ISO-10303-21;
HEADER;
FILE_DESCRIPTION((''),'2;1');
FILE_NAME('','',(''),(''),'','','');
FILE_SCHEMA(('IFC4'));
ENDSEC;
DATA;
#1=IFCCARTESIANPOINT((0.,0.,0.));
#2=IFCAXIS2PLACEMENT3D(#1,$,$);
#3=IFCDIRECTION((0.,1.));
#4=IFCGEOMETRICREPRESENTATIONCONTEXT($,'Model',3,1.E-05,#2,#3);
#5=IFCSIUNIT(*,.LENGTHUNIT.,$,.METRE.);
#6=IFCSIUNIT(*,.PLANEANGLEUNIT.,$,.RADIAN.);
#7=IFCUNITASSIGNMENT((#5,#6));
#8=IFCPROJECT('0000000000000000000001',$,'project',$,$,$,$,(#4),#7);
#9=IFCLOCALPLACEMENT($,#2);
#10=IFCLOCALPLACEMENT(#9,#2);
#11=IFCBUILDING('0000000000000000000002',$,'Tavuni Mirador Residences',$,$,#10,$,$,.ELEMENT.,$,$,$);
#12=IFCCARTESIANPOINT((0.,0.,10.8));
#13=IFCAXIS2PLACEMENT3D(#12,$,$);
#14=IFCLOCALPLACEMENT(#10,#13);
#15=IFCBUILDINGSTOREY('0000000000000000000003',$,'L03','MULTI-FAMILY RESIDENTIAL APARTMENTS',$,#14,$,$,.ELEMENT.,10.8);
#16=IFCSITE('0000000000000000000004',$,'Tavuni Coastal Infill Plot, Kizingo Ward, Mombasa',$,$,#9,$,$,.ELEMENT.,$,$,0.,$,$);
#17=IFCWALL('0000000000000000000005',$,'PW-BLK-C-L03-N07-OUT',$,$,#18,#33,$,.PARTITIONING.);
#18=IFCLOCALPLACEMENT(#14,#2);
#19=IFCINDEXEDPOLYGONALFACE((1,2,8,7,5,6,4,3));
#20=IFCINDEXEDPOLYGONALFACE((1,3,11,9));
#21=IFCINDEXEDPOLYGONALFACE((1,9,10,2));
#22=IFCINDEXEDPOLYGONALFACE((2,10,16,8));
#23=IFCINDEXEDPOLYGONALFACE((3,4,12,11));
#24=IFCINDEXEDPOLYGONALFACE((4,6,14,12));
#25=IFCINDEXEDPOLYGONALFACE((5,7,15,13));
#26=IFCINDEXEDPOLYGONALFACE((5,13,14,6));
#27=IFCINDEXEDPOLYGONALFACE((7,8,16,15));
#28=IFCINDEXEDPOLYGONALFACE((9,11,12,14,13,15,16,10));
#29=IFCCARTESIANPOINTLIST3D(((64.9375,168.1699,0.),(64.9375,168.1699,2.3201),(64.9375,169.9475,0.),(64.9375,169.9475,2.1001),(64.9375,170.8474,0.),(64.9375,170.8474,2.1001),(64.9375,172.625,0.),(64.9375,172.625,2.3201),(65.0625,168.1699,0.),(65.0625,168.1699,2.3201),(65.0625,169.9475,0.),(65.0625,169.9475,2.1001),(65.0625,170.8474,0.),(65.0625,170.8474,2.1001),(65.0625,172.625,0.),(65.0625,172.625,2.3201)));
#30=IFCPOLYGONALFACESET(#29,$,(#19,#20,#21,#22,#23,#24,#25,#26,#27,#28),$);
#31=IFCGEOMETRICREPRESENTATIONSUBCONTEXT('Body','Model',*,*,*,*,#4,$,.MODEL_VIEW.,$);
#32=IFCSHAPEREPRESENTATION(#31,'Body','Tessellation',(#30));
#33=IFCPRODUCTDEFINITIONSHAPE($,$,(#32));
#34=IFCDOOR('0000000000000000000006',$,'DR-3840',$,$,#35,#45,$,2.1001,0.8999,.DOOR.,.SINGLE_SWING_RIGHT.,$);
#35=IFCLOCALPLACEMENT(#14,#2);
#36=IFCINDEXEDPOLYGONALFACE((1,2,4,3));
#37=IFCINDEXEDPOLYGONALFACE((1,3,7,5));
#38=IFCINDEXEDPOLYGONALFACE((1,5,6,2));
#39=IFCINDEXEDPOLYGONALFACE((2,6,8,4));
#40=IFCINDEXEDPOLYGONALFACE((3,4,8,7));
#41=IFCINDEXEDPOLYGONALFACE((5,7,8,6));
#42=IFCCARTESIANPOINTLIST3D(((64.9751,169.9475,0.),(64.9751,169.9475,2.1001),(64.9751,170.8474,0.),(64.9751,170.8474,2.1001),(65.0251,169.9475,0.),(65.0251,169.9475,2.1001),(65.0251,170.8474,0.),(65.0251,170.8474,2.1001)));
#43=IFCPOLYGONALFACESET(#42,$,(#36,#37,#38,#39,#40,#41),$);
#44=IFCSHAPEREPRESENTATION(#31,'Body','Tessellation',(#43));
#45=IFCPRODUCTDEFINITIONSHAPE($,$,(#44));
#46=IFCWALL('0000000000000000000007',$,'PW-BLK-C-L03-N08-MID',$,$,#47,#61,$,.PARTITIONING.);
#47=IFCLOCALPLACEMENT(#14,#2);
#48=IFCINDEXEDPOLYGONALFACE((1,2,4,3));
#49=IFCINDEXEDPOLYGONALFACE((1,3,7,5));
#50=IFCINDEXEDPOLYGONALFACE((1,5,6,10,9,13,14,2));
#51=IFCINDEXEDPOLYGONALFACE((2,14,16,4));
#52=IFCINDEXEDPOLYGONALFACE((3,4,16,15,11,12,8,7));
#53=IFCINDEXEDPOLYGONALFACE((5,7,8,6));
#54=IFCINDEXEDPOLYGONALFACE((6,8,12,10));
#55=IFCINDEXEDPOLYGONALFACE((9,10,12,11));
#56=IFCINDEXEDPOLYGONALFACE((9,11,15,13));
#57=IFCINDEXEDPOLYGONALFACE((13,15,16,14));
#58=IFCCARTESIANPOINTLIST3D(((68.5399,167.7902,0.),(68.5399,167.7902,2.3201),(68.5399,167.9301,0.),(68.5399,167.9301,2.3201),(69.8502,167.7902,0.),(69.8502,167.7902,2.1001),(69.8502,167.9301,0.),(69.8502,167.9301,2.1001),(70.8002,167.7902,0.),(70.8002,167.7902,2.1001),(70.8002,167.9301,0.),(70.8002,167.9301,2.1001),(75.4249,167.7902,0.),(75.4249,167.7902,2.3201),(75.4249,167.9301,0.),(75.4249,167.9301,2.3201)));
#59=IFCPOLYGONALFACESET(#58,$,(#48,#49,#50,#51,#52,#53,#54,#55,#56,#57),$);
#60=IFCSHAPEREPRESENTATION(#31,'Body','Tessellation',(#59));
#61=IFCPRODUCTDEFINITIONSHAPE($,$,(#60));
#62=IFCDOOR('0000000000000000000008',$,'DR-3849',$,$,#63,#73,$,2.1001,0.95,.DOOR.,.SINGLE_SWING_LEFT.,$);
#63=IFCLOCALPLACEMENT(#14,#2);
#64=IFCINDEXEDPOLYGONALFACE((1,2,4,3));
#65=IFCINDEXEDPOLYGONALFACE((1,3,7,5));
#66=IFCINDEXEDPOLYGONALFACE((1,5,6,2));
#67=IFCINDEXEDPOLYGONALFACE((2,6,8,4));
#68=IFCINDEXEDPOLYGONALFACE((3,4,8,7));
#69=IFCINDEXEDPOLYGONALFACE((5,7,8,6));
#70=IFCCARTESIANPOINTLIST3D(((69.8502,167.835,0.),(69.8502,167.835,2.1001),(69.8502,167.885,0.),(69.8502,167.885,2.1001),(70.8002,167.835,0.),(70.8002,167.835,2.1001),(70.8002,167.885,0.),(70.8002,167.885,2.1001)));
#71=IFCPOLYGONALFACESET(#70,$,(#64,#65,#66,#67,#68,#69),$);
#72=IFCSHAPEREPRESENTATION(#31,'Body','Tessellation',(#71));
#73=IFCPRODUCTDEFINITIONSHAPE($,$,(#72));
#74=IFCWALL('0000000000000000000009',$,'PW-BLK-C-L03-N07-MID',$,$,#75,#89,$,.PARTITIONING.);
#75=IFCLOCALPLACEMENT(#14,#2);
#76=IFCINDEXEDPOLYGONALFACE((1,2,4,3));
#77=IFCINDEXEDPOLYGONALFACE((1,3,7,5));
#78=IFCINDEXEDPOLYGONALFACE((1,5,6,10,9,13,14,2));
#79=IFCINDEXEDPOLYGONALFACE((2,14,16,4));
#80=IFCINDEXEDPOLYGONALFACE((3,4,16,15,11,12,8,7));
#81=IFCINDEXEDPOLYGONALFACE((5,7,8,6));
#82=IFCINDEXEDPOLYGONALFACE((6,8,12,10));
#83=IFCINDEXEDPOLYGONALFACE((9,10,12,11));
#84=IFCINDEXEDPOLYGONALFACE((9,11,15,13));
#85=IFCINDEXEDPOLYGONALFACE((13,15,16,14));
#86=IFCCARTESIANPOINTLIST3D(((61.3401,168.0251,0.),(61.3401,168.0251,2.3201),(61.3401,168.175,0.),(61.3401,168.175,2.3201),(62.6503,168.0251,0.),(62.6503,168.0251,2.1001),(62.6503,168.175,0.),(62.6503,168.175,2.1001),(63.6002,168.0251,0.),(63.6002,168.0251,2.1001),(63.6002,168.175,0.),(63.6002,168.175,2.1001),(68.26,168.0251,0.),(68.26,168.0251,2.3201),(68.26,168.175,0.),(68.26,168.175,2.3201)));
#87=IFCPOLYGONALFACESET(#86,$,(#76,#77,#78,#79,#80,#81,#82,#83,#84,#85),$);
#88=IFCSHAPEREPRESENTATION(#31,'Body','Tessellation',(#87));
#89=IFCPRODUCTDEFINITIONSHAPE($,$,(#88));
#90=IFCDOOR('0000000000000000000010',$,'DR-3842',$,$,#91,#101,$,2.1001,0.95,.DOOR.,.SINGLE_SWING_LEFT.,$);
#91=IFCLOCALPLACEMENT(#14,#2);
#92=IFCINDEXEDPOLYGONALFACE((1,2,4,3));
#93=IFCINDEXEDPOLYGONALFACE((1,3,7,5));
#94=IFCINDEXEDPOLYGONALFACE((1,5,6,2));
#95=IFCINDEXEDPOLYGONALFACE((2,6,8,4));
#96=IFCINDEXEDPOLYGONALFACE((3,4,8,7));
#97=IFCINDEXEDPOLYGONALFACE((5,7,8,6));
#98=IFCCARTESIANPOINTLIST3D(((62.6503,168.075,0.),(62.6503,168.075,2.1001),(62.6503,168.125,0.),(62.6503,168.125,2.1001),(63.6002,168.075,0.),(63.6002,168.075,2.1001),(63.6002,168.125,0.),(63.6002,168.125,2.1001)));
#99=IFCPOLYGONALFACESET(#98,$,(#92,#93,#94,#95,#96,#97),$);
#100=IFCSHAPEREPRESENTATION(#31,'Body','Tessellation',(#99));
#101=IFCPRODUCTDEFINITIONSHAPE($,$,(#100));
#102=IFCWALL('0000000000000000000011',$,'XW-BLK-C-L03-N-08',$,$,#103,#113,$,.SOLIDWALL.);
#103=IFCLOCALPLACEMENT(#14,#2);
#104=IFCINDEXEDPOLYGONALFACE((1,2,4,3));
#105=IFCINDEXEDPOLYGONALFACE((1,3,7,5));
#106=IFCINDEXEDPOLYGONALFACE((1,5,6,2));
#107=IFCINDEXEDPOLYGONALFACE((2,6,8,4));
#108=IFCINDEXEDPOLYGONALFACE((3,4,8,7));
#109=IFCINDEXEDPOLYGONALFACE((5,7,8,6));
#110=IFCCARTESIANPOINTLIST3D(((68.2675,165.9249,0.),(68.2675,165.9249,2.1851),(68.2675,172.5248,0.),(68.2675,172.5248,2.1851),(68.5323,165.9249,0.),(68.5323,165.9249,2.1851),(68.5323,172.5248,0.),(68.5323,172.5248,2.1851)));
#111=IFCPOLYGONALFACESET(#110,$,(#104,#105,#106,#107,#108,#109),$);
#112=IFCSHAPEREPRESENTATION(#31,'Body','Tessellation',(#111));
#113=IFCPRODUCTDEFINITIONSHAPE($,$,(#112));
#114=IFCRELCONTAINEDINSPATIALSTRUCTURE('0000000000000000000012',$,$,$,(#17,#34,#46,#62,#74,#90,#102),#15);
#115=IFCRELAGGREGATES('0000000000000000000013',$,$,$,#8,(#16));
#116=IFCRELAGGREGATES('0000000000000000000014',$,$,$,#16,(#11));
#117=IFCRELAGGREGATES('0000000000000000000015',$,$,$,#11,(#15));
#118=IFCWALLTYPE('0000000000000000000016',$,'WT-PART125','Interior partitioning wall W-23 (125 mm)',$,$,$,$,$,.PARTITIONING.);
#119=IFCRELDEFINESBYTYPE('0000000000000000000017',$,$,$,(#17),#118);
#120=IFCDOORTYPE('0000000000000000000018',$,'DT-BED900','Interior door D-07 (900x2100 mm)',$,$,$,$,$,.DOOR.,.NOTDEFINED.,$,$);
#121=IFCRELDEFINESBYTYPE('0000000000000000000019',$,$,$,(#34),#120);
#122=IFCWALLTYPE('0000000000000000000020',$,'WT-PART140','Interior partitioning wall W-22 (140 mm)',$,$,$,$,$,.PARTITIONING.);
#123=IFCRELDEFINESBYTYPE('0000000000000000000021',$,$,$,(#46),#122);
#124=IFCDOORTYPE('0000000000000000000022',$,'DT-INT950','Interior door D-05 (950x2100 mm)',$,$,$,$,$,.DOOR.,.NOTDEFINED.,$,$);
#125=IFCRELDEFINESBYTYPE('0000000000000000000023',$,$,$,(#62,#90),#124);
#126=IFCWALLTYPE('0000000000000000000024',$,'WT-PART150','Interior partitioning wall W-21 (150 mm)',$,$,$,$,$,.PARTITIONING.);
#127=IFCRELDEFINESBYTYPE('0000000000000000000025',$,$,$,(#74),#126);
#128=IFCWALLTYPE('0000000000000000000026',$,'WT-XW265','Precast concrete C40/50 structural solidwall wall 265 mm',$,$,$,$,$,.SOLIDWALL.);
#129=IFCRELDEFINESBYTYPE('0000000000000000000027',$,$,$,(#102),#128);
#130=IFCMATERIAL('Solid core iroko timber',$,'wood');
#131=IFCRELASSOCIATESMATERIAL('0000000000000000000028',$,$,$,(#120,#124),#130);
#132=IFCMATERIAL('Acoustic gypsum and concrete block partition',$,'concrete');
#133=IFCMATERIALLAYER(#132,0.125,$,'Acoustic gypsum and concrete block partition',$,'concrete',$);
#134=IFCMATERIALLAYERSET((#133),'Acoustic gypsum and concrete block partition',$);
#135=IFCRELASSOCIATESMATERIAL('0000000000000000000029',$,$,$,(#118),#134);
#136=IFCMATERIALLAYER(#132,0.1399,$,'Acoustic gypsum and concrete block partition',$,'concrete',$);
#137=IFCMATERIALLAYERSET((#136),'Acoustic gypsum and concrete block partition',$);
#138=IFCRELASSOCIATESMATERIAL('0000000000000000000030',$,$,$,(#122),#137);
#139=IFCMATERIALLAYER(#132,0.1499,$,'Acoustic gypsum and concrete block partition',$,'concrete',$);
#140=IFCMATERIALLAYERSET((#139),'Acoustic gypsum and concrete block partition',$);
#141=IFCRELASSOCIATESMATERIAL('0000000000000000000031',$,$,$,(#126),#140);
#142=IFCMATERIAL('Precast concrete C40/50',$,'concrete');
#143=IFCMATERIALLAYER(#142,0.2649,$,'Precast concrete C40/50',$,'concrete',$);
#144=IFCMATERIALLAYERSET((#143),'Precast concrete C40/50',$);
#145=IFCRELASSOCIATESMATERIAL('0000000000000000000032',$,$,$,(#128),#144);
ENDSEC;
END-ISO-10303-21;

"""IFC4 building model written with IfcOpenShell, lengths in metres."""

from ifc_helpers import new_model, si_unit, direction, frame, frame_2d, origin, place, context, subcontext, project, spatial, rectangle, extrude, material, layer, layer_set, type_object, element, fill, save


model = new_model("IFC4")

# Units and contexts
model_context = context("Model", 3, precision=1e-05, world=origin(), true_north=direction((0.0, 1.0)))
body_context = subcontext(model_context, "Body", "Model", "MODEL_VIEW")
ifc_project = project(units=[si_unit("LENGTHUNIT", "METRE"), si_unit("PLANEANGLEUNIT", "RADIAN")], contexts=[model_context])

# Site, building, storey
site_placement = place(None, origin())
site = spatial("IfcSite", under=ifc_project, at=site_placement, Name="Tavuni Coastal Infill Plot, Kizingo Ward, Mombasa", CompositionType="ELEMENT", RefElevation=0.0)
building_placement = place(site_placement, origin())
building = spatial("IfcBuilding", under=site, at=building_placement, Name="Tavuni Mirador Residences", CompositionType="ELEMENT")
storey_placement = place(building_placement, frame((0.0, 0.0, 10.8)))
storey = spatial("IfcBuildingStorey", under=building, at=storey_placement, Name="L03", Description="MULTI-FAMILY RESIDENTIAL APARTMENTS", CompositionType="ELEMENT", Elevation=10.8)

# Shared definitions
ifc_material_1 = material(Name="Precast concrete C40/50", Category="concrete")

# Walls, openings, doors
ifc_material_2 = material(Name="Acoustic gypsum and concrete block partition", Category="concrete")
ifc_material_3 = material(Name="Solid core iroko timber", Category="wood")
door_type_1 = type_object("IfcDoorType", Name="DT-BED900", Description="Interior door D-07 (900x2100 mm)", OperationType="NOTDEFINED", PredefinedType="DOOR", material=ifc_material_3)
ifc_layer_1 = layer(ifc_material_2, 0.125, Name="Acoustic gypsum and concrete block partition", Category="concrete")
ifc_layer_set_1 = layer_set([ifc_layer_1], Name="Acoustic gypsum and concrete block partition")
wall_type_1 = type_object("IfcWallType", Name="WT-PART125", Description="Interior partitioning wall W-23 (125 mm)", PredefinedType="PARTITIONING", material=ifc_layer_set_1)
wall_1_placement = place(storey_placement, frame((65.0, 168.1699, 0.0), z_axis=(0.0, 0.0, 1.0), x_axis=(0.0, 1.0, 0.0)))
wall_1 = element("IfcWall", 1, at=wall_1_placement, inside=storey, type_object=wall_type_1, Name="PW-BLK-C-L03-N07-OUT", PredefinedType="PARTITIONING", context=body_context, shape_type="SweptSolid", body=[
    extrude(rectangle(XDim=4.4551, YDim=0.125, at=frame_2d((2.2275, 0.0))), origin(), (0.0, 0.0, 1.0), 2.3201),
])
opening_1_placement = place(wall_1_placement, frame((1.7776, 0.0, 0.0)))
opening_1 = element("IfcOpeningElement", 2, at=opening_1_placement, cuts=wall_1, PredefinedType="OPENING", context=body_context, shape_type="SweptSolid", body=[
    extrude(rectangle(XDim=0.8999, YDim=2.1001, at=frame_2d((0.45, 1.05))), frame((0.0, 0.0725, 0.0), z_axis=(0.0, -1.0, 0.0), x_axis=(1.0, 0.0, 0.0)), (0.0, 0.0, 1.0), 0.145),
])
door_1_placement = place(opening_1_placement, origin())
door_1 = element("IfcDoor", 3, at=door_1_placement, inside=storey, type_object=door_type_1, Name="DR-3840", OperationType="SINGLE_SWING_RIGHT", OverallHeight=2.1001, OverallWidth=0.8999, PredefinedType="DOOR", context=body_context, shape_type="SweptSolid", body=[
    extrude(rectangle(XDim=0.8999, YDim=2.1001, at=frame_2d((0.45, 1.05))), frame((0.0, 0.0249, 0.0), z_axis=(0.0, -1.0, 0.0), x_axis=(1.0, 0.0, 0.0)), (0.0, 0.0, 1.0), 0.05),
])
fill(opening_1, door_1)
ifc_layer_2 = layer(ifc_material_2, 0.1399, Name="Acoustic gypsum and concrete block partition", Category="concrete")
ifc_layer_set_2 = layer_set([ifc_layer_2], Name="Acoustic gypsum and concrete block partition")
wall_type_2 = type_object("IfcWallType", Name="WT-PART140", Description="Interior partitioning wall W-22 (140 mm)", PredefinedType="PARTITIONING", material=ifc_layer_set_2)
wall_2_placement = place(storey_placement, frame((68.54, 167.8601, 0.0), z_axis=(0.0, 0.0, 1.0), x_axis=(1.0, 0.0, 0.0)))
wall_2 = element("IfcWall", 4, at=wall_2_placement, inside=storey, type_object=wall_type_2, Name="PW-BLK-C-L03-N08-MID", PredefinedType="PARTITIONING", context=body_context, shape_type="SweptSolid", body=[
    extrude(rectangle(XDim=6.885, YDim=0.1399, at=frame_2d((3.4424, 0.0))), origin(), (0.0, 0.0, 1.0), 2.3201),
])
opening_2_placement = place(wall_2_placement, frame((1.3101, 0.0, 0.0)))
opening_2 = element("IfcOpeningElement", 5, at=opening_2_placement, cuts=wall_2, PredefinedType="OPENING", context=body_context, shape_type="SweptSolid", body=[
    extrude(rectangle(XDim=0.95, YDim=2.1001, at=frame_2d((0.4751, 1.05))), frame((0.0, 0.0801, 0.0), z_axis=(0.0, -1.0, 0.0), x_axis=(1.0, 0.0, 0.0)), (0.0, 0.0, 1.0), 0.1599),
])
door_type_2 = type_object("IfcDoorType", Name="DT-INT950", Description="Interior door D-05 (950x2100 mm)", OperationType="NOTDEFINED", PredefinedType="DOOR", material=ifc_material_3)
door_2_placement = place(opening_2_placement, origin())
door_2 = element("IfcDoor", 6, at=door_2_placement, inside=storey, type_object=door_type_2, Name="DR-3849", OperationType="SINGLE_SWING_LEFT", OverallHeight=2.1001, OverallWidth=0.95, PredefinedType="DOOR", context=body_context, shape_type="SweptSolid", body=[
    extrude(rectangle(XDim=0.95, YDim=2.1001, at=frame_2d((0.4751, 1.05))), frame((0.0, 0.0249, 0.0), z_axis=(0.0, -1.0, 0.0), x_axis=(1.0, 0.0, 0.0)), (0.0, 0.0, 1.0), 0.05),
])
fill(opening_2, door_2)
ifc_layer_3 = layer(ifc_material_2, 0.1499, Name="Acoustic gypsum and concrete block partition", Category="concrete")
ifc_layer_set_3 = layer_set([ifc_layer_3], Name="Acoustic gypsum and concrete block partition")
wall_type_3 = type_object("IfcWallType", Name="WT-PART150", Description="Interior partitioning wall W-21 (150 mm)", PredefinedType="PARTITIONING", material=ifc_layer_set_3)
wall_3_placement = place(storey_placement, frame((61.3401, 168.1001, 0.0), z_axis=(0.0, 0.0, 1.0), x_axis=(1.0, 0.0, 0.0)))
wall_3 = element("IfcWall", 7, at=wall_3_placement, inside=storey, type_object=wall_type_3, Name="PW-BLK-C-L03-N07-MID", PredefinedType="PARTITIONING", context=body_context, shape_type="SweptSolid", body=[
    extrude(rectangle(XDim=6.9199, YDim=0.1499, at=frame_2d((3.46, 0.0))), origin(), (0.0, 0.0, 1.0), 2.3201),
])
opening_3_placement = place(wall_3_placement, frame((1.3101, 0.0, 0.0)))
opening_3 = element("IfcOpeningElement", 8, at=opening_3_placement, cuts=wall_3, PredefinedType="OPENING", context=body_context, shape_type="SweptSolid", body=[
    extrude(rectangle(XDim=0.95, YDim=2.1001, at=frame_2d((0.4751, 1.05))), frame((0.0, 0.085, 0.0), z_axis=(0.0, -1.0, 0.0), x_axis=(1.0, 0.0, 0.0)), (0.0, 0.0, 1.0), 0.1699),
])
door_3_placement = place(opening_3_placement, origin())
door_3 = element("IfcDoor", 9, at=door_3_placement, inside=storey, type_object=door_type_2, Name="DR-3842", OperationType="SINGLE_SWING_LEFT", OverallHeight=2.1001, OverallWidth=0.95, PredefinedType="DOOR", context=body_context, shape_type="SweptSolid", body=[
    extrude(rectangle(XDim=0.95, YDim=2.1001, at=frame_2d((0.4751, 1.05))), frame((0.0, 0.0249, 0.0), z_axis=(0.0, -1.0, 0.0), x_axis=(1.0, 0.0, 0.0)), (0.0, 0.0, 1.0), 0.05),
])
fill(opening_3, door_3)

# Wall
ifc_layer_4 = layer(ifc_material_1, 0.2649, Name="Precast concrete C40/50", Category="concrete")
ifc_layer_set_4 = layer_set([ifc_layer_4], Name="Precast concrete C40/50")
wall_type_4 = type_object("IfcWallType", Name="WT-XW265", Description="Precast concrete C40/50 structural solidwall wall 265 mm", PredefinedType="SOLIDWALL", material=ifc_layer_set_4)
wall_4_placement = place(storey_placement, frame((68.3999, 165.925, 0.0), z_axis=(0.0, 0.0, 1.0), x_axis=(0.0, 1.0, 0.0)))
element("IfcWall", 10, at=wall_4_placement, inside=storey, type_object=wall_type_4, Name="XW-BLK-C-L03-N-08", PredefinedType="SOLIDWALL", context=body_context, shape_type="SweptSolid", body=[
    extrude(rectangle(XDim=6.5999, YDim=0.2649, at=frame_2d((3.2998, 0.0))), origin(), (0.0, 0.0, 1.0), 2.1851),
])

save(model, "model.ifc")
